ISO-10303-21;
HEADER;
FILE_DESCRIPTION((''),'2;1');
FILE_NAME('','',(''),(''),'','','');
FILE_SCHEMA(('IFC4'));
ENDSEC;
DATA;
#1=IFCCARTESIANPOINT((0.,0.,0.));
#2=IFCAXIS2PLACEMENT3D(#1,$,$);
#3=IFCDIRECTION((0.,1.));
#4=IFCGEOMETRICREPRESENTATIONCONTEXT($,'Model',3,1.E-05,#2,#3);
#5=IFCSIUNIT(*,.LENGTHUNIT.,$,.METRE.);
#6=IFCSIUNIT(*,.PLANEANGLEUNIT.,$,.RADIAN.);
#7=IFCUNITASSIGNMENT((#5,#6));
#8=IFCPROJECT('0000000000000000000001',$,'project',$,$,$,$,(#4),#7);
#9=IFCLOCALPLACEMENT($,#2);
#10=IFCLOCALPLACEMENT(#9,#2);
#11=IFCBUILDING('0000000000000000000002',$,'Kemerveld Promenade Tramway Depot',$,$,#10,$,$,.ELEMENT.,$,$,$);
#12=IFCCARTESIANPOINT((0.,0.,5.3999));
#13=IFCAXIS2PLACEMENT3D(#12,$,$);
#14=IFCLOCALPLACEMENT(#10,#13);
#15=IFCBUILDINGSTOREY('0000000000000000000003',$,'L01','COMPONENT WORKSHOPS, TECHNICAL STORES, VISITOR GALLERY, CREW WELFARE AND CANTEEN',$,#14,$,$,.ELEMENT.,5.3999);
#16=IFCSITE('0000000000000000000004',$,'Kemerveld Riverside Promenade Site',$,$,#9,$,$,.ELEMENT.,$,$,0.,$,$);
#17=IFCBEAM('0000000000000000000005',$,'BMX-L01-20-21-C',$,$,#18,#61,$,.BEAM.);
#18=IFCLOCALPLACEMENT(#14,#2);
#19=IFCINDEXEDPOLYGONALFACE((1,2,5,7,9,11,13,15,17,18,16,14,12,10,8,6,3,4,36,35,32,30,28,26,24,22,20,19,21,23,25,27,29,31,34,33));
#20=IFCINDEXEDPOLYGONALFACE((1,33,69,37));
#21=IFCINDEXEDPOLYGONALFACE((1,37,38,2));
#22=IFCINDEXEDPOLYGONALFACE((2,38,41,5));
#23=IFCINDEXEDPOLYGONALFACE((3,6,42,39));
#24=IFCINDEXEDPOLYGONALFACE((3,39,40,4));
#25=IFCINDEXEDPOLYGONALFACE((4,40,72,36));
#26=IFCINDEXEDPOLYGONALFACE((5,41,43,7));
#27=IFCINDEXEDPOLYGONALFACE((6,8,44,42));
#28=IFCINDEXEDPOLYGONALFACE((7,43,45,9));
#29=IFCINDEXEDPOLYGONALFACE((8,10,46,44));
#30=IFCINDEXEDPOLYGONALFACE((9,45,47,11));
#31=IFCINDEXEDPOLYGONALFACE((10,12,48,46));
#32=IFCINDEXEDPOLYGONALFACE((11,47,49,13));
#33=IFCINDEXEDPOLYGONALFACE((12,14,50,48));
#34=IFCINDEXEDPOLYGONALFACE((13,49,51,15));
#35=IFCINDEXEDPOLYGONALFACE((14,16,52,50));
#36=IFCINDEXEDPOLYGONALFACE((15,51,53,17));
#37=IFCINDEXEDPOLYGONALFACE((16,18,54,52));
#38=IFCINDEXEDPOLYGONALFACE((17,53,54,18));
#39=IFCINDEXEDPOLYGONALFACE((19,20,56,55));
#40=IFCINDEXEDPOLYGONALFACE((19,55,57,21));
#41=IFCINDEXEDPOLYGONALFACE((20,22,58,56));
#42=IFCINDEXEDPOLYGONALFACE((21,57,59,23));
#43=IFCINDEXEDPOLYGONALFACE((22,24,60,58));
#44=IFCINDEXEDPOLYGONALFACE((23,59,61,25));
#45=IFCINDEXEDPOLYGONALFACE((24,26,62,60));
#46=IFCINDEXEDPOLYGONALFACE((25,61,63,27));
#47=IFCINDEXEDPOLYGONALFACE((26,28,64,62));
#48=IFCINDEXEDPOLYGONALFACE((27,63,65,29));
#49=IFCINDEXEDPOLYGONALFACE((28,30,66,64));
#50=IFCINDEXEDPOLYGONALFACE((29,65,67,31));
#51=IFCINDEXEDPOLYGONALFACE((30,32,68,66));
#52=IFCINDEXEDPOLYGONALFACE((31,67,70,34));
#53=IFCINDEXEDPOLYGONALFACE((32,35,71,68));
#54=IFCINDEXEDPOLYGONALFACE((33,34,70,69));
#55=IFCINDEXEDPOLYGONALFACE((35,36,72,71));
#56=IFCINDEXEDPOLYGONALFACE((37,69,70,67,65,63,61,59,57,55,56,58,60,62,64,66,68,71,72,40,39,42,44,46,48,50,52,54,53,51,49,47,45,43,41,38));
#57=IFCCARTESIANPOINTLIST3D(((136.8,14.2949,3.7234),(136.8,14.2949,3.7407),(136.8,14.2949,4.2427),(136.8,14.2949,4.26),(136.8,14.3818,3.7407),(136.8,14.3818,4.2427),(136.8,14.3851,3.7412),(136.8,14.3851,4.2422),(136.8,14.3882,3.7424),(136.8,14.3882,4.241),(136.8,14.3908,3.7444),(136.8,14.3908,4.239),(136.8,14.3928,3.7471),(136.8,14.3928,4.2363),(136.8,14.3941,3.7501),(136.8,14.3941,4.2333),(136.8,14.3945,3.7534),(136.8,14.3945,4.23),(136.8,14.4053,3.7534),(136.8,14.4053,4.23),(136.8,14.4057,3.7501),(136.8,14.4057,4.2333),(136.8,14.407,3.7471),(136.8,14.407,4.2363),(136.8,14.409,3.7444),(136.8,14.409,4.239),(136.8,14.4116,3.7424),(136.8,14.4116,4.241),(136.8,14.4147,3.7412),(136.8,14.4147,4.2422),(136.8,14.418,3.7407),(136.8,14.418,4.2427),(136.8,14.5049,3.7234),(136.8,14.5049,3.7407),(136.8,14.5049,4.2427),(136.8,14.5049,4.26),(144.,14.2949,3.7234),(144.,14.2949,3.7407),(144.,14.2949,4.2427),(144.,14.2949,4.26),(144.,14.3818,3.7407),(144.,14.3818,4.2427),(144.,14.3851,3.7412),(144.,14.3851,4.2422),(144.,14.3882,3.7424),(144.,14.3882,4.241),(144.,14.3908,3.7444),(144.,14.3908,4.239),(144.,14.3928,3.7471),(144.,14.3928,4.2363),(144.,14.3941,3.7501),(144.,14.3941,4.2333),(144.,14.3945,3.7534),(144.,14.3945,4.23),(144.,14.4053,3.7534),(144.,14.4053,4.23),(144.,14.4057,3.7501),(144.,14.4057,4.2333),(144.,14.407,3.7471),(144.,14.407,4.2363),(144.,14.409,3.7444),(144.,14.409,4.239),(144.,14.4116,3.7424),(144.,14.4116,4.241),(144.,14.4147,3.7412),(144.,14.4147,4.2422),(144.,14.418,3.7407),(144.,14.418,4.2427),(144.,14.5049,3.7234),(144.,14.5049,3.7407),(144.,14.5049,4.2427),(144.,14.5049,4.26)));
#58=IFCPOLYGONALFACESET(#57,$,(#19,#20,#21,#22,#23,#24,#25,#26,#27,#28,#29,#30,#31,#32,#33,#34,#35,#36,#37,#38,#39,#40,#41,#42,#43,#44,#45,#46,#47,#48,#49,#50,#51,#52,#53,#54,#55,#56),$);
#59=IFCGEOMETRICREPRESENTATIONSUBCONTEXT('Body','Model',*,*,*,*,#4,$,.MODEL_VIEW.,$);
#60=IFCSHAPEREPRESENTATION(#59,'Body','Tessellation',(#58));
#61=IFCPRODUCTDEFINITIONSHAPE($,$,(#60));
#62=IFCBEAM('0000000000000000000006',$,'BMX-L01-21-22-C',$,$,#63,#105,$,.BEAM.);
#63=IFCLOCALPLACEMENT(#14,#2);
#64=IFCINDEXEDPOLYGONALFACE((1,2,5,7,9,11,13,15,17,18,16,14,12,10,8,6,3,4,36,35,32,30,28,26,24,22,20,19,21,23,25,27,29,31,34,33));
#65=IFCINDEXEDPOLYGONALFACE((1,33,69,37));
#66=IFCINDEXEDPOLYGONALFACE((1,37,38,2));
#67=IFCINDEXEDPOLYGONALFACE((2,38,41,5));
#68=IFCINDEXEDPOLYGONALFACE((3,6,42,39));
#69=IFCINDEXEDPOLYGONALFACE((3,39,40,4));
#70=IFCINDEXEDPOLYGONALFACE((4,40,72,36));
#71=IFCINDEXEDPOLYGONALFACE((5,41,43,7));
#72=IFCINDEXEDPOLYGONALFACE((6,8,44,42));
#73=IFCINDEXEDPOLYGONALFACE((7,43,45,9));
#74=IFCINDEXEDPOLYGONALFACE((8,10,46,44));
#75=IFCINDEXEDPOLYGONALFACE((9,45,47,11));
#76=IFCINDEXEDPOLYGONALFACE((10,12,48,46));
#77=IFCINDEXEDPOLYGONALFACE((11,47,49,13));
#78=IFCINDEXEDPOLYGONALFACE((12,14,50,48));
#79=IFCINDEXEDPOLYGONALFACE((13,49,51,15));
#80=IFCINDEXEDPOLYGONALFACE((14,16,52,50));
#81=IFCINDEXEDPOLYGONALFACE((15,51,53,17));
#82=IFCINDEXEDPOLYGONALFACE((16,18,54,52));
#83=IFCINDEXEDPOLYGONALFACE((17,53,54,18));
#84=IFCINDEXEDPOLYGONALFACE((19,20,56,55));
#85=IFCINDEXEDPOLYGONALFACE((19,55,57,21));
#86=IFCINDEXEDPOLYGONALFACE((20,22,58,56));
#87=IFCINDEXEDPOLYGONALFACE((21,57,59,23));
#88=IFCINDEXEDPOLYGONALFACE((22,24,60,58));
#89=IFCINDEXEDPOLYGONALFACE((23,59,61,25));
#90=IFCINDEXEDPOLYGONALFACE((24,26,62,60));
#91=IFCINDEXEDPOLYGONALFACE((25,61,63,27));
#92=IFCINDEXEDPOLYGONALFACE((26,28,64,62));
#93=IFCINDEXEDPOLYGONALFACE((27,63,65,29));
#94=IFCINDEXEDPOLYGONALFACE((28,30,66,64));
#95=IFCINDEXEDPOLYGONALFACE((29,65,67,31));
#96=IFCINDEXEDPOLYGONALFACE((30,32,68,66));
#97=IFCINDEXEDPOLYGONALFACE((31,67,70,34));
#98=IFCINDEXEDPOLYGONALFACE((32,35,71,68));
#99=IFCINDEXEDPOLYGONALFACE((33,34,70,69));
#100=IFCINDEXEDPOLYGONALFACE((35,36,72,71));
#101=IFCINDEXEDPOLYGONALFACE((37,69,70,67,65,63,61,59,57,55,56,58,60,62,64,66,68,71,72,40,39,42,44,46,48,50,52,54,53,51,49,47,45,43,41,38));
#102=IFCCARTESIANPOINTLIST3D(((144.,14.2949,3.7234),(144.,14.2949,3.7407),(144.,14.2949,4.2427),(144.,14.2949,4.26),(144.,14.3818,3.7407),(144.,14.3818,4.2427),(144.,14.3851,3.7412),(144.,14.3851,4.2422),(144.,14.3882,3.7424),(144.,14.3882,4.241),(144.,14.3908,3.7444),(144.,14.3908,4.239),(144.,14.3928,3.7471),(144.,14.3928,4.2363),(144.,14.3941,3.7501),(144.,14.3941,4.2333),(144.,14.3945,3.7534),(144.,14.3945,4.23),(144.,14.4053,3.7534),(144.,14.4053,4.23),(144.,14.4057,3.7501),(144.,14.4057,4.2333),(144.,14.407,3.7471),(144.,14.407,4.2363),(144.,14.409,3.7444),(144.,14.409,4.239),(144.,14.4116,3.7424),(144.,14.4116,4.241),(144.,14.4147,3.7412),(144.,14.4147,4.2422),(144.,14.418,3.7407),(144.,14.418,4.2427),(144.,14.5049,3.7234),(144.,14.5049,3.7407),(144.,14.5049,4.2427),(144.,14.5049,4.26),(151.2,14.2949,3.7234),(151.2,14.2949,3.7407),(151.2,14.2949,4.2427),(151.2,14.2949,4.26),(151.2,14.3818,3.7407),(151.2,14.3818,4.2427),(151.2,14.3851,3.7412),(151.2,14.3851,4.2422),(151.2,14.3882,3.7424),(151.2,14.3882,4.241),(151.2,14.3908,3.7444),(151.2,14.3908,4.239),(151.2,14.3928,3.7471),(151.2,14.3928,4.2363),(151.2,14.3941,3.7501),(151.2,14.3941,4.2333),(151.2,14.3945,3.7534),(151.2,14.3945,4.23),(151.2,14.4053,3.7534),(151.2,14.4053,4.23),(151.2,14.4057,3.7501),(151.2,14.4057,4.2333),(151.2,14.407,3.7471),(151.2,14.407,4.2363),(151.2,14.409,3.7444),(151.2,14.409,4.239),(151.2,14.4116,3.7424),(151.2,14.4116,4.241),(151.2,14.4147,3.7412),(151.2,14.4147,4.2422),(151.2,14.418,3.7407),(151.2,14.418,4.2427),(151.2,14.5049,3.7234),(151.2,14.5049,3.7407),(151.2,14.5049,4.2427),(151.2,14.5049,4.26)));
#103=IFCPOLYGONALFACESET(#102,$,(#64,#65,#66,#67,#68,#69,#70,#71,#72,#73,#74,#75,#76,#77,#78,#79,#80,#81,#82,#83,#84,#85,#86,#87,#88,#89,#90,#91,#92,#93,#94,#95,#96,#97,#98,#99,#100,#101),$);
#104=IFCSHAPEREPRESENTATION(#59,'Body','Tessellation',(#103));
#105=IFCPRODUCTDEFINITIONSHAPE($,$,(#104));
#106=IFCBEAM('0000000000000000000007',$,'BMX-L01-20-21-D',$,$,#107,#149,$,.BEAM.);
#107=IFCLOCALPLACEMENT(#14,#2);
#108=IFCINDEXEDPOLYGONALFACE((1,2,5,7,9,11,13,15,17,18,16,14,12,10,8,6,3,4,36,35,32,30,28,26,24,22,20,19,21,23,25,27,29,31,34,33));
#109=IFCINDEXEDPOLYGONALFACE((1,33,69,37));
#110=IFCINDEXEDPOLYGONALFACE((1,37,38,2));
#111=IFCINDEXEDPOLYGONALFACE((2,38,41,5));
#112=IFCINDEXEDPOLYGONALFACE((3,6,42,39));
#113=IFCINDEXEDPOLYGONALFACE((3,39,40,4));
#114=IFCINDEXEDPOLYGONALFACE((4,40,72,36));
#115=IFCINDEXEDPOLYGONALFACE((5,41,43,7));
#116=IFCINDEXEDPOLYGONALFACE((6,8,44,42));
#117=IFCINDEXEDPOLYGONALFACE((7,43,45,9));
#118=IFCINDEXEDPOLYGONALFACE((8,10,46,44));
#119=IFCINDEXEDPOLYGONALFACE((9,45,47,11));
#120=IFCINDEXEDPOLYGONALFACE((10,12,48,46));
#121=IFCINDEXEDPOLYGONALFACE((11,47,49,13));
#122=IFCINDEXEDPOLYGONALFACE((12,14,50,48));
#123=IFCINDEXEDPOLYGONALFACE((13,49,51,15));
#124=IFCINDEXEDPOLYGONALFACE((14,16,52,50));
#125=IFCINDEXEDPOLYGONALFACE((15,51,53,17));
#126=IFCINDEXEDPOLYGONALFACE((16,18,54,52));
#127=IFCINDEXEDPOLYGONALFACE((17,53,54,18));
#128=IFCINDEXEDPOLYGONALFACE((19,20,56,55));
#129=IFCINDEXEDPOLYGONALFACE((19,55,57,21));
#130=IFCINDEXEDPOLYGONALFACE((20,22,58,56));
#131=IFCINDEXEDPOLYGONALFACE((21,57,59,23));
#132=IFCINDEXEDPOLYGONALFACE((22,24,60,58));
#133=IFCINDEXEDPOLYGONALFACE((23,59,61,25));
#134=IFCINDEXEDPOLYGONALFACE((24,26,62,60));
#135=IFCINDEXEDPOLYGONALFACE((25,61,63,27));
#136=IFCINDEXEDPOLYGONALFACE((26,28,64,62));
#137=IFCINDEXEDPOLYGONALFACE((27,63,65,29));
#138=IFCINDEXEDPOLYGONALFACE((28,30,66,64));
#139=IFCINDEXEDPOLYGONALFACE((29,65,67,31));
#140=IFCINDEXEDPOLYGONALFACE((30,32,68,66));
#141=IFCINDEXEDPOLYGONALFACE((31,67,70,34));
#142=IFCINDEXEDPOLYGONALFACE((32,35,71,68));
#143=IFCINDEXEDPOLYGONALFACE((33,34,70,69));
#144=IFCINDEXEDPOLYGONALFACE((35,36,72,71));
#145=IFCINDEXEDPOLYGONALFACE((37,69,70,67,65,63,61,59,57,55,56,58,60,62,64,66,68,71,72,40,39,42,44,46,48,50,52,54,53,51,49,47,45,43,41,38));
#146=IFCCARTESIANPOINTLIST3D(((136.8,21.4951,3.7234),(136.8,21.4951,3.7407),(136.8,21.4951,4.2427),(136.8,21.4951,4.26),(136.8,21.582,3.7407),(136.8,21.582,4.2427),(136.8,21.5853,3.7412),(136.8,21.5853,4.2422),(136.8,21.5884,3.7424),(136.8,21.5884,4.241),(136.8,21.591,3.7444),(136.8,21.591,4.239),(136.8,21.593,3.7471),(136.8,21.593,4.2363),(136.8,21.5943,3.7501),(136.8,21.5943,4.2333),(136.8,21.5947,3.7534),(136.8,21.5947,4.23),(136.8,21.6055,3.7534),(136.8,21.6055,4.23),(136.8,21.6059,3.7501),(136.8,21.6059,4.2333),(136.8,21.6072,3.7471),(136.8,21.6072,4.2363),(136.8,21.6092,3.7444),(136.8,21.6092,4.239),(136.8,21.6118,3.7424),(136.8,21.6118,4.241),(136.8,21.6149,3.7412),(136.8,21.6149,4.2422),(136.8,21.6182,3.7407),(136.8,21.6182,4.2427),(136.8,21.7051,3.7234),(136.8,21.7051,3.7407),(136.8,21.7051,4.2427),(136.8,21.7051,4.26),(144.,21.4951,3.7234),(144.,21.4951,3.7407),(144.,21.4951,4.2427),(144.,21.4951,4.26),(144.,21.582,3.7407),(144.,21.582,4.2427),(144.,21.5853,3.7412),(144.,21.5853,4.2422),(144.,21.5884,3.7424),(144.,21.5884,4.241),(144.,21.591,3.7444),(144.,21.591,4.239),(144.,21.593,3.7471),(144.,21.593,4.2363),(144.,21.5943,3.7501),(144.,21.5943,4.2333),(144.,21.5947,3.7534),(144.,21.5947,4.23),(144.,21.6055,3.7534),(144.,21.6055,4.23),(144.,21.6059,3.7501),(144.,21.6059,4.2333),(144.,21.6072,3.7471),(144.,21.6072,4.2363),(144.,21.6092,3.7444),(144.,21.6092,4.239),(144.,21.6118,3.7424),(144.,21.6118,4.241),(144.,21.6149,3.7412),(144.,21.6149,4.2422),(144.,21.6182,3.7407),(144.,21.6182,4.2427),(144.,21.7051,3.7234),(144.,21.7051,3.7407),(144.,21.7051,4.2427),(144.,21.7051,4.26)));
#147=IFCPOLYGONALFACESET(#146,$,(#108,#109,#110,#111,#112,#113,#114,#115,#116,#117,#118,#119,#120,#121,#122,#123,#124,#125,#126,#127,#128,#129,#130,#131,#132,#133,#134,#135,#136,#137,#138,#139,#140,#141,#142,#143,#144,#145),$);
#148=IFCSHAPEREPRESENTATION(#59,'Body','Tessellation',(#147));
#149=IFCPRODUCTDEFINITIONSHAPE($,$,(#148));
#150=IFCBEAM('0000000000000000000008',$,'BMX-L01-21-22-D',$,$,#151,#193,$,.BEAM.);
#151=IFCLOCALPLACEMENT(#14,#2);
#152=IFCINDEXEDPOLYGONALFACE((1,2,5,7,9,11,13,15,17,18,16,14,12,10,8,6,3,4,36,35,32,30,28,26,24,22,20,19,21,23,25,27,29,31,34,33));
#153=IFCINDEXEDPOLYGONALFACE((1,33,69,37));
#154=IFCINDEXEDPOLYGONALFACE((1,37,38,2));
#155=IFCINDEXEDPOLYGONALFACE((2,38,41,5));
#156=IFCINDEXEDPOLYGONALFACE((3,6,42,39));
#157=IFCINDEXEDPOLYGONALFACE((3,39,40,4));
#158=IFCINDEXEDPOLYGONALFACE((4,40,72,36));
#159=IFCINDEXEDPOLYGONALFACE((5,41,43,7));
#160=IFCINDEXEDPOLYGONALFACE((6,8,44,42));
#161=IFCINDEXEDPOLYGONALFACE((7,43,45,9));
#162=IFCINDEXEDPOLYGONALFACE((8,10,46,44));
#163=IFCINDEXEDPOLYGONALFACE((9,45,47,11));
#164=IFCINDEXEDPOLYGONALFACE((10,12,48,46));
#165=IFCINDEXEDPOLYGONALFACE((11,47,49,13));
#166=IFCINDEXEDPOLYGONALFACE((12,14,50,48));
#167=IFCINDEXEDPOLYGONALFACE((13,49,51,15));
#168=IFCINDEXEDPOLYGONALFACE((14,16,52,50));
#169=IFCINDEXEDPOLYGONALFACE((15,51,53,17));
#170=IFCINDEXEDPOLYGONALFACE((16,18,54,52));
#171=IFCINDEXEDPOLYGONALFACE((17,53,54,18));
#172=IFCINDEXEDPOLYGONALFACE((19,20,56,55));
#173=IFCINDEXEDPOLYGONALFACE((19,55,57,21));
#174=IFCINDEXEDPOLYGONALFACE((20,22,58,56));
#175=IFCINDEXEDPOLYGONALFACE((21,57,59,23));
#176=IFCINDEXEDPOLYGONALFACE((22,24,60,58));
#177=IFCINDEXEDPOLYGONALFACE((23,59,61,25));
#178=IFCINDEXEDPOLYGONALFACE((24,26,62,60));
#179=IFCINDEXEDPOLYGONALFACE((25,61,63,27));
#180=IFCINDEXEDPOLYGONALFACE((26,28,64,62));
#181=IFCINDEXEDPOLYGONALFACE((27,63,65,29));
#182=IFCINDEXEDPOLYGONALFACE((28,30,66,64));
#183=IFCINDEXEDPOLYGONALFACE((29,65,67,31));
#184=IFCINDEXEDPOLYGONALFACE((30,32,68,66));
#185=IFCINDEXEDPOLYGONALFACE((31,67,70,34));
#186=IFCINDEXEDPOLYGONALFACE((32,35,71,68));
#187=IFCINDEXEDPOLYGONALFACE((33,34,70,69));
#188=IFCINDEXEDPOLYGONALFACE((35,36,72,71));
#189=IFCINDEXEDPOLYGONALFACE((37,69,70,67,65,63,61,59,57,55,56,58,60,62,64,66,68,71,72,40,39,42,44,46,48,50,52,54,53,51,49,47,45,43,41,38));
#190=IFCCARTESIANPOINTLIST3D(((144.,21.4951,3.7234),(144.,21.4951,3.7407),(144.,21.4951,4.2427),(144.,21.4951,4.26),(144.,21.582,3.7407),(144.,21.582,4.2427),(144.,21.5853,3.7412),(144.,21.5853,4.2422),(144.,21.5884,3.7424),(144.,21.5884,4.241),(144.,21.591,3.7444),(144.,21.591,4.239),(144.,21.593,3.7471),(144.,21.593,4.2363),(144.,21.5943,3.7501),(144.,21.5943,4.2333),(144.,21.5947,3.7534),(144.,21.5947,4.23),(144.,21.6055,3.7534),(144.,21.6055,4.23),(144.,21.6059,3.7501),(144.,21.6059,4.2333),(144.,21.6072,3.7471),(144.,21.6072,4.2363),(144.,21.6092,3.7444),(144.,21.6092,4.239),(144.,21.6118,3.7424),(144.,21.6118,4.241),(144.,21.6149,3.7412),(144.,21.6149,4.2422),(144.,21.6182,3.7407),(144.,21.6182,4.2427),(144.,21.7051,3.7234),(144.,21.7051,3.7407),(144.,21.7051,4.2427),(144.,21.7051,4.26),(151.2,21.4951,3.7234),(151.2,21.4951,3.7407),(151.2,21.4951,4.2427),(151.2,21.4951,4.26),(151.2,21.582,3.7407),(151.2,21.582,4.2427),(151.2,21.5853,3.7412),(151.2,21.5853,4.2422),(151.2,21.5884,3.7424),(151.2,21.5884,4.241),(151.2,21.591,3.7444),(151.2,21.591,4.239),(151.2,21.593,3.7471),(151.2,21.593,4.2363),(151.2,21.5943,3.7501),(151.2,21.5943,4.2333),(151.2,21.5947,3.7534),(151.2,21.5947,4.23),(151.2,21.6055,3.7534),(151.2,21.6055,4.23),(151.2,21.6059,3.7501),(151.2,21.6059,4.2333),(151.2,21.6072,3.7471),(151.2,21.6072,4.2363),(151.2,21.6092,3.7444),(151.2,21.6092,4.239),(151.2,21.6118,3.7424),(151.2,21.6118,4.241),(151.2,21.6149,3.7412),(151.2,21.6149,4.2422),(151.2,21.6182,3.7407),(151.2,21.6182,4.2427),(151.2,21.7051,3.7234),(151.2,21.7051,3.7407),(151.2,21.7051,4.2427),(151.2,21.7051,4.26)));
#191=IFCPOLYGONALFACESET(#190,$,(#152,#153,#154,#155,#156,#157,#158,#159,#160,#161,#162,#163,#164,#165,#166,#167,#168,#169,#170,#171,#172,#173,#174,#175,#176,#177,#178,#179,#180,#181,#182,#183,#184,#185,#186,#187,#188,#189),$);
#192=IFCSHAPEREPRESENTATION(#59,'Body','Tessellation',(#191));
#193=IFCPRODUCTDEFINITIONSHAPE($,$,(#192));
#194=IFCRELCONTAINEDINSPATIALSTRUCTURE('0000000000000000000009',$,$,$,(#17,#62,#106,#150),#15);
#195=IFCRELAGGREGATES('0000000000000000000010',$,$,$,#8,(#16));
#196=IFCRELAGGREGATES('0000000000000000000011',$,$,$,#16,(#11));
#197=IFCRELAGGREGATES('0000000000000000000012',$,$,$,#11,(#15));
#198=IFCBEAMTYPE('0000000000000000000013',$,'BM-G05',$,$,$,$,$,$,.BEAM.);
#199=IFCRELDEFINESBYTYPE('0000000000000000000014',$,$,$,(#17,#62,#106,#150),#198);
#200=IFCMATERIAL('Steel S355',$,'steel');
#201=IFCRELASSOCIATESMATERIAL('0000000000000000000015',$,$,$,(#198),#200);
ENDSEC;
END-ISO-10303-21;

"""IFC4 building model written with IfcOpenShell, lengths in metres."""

from ifc_helpers import new_model, si_unit, direction, frame, origin, origin_2d, place, context, subcontext, project, spatial, i_section, extrude, material, material_profile, profile_set, type_object, element, save


model = new_model("IFC4")

# Units and contexts
model_context = context("Model", 3, precision=1e-05, world=origin(), true_north=direction((0.0, 1.0)))
body_context = subcontext(model_context, "Body", "Model", "MODEL_VIEW")
ifc_project = project(units=[si_unit("LENGTHUNIT", "METRE"), si_unit("PLANEANGLEUNIT", "RADIAN")], contexts=[model_context])

# Site, building, storey
site_placement = place(None, origin())
site = spatial("IfcSite", under=ifc_project, at=site_placement, Name="Kemerveld Riverside Promenade Site", CompositionType="ELEMENT", RefElevation=0.0)
building_placement = place(site_placement, origin())
building = spatial("IfcBuilding", under=site, at=building_placement, Name="Kemerveld Promenade Tramway Depot", CompositionType="ELEMENT")
storey_placement = place(building_placement, frame((0.0, 0.0, 5.3999)))
storey = spatial("IfcBuildingStorey", under=building, at=storey_placement, Name="L01", Description="COMPONENT WORKSHOPS, TECHNICAL STORES, VISITOR GALLERY, CREW WELFARE AND CANTEEN", CompositionType="ELEMENT", Elevation=5.3999)

# Shared definitions
ifc_material_1 = material(Name="Steel S355", Category="steel")

# Beams
ifc_material_profile_1 = material_profile(ifc_material_1, i_section(OverallWidth=0.21, OverallDepth=0.5366, WebThickness=0.0107, FlangeThickness=0.0173, FilletRadius=0.0127, at=origin_2d()), Name="533x210x101 UB")
ifc_profile_set_1 = profile_set([ifc_material_profile_1], Name="Steel S355")
beam_type_1 = type_object("IfcBeamType", Name="BM-G05", PredefinedType="BEAM", material=ifc_profile_set_1)
for number, where, z_axis, x_axis, name in (
    (1, (136.8, 14.3999, 3.9917), (1.0, 0.0, 0.0), (0.0, 1.0, 0.0), "BMX-L01-20-21-C"),
    (2, (144.0, 14.3999, 3.9917), (1.0, 0.0, 0.0), (0.0, 1.0, 0.0), "BMX-L01-21-22-C"),
    (3, (136.8, 21.6001, 3.9917), (1.0, 0.0, 0.0), (0.0, 1.0, 0.0), "BMX-L01-20-21-D"),
    (4, (144.0, 21.6001, 3.9917), (1.0, 0.0, 0.0), (0.0, 1.0, 0.0), "BMX-L01-21-22-D"),
):
    element("IfcBeam", number, at=place(storey_placement, frame(where, z_axis=z_axis, x_axis=x_axis)), inside=storey, type_object=beam_type_1, Name=name, PredefinedType="BEAM", context=body_context, shape_type="SweptSolid", body=[
        extrude(i_section(OverallWidth=0.21, OverallDepth=0.5366, WebThickness=0.0107, FlangeThickness=0.0173, FilletRadius=0.0127, at=origin_2d()), origin(), (0.0, 0.0, 1.0), 7.2),
    ])

save(model, "model.ifc")
